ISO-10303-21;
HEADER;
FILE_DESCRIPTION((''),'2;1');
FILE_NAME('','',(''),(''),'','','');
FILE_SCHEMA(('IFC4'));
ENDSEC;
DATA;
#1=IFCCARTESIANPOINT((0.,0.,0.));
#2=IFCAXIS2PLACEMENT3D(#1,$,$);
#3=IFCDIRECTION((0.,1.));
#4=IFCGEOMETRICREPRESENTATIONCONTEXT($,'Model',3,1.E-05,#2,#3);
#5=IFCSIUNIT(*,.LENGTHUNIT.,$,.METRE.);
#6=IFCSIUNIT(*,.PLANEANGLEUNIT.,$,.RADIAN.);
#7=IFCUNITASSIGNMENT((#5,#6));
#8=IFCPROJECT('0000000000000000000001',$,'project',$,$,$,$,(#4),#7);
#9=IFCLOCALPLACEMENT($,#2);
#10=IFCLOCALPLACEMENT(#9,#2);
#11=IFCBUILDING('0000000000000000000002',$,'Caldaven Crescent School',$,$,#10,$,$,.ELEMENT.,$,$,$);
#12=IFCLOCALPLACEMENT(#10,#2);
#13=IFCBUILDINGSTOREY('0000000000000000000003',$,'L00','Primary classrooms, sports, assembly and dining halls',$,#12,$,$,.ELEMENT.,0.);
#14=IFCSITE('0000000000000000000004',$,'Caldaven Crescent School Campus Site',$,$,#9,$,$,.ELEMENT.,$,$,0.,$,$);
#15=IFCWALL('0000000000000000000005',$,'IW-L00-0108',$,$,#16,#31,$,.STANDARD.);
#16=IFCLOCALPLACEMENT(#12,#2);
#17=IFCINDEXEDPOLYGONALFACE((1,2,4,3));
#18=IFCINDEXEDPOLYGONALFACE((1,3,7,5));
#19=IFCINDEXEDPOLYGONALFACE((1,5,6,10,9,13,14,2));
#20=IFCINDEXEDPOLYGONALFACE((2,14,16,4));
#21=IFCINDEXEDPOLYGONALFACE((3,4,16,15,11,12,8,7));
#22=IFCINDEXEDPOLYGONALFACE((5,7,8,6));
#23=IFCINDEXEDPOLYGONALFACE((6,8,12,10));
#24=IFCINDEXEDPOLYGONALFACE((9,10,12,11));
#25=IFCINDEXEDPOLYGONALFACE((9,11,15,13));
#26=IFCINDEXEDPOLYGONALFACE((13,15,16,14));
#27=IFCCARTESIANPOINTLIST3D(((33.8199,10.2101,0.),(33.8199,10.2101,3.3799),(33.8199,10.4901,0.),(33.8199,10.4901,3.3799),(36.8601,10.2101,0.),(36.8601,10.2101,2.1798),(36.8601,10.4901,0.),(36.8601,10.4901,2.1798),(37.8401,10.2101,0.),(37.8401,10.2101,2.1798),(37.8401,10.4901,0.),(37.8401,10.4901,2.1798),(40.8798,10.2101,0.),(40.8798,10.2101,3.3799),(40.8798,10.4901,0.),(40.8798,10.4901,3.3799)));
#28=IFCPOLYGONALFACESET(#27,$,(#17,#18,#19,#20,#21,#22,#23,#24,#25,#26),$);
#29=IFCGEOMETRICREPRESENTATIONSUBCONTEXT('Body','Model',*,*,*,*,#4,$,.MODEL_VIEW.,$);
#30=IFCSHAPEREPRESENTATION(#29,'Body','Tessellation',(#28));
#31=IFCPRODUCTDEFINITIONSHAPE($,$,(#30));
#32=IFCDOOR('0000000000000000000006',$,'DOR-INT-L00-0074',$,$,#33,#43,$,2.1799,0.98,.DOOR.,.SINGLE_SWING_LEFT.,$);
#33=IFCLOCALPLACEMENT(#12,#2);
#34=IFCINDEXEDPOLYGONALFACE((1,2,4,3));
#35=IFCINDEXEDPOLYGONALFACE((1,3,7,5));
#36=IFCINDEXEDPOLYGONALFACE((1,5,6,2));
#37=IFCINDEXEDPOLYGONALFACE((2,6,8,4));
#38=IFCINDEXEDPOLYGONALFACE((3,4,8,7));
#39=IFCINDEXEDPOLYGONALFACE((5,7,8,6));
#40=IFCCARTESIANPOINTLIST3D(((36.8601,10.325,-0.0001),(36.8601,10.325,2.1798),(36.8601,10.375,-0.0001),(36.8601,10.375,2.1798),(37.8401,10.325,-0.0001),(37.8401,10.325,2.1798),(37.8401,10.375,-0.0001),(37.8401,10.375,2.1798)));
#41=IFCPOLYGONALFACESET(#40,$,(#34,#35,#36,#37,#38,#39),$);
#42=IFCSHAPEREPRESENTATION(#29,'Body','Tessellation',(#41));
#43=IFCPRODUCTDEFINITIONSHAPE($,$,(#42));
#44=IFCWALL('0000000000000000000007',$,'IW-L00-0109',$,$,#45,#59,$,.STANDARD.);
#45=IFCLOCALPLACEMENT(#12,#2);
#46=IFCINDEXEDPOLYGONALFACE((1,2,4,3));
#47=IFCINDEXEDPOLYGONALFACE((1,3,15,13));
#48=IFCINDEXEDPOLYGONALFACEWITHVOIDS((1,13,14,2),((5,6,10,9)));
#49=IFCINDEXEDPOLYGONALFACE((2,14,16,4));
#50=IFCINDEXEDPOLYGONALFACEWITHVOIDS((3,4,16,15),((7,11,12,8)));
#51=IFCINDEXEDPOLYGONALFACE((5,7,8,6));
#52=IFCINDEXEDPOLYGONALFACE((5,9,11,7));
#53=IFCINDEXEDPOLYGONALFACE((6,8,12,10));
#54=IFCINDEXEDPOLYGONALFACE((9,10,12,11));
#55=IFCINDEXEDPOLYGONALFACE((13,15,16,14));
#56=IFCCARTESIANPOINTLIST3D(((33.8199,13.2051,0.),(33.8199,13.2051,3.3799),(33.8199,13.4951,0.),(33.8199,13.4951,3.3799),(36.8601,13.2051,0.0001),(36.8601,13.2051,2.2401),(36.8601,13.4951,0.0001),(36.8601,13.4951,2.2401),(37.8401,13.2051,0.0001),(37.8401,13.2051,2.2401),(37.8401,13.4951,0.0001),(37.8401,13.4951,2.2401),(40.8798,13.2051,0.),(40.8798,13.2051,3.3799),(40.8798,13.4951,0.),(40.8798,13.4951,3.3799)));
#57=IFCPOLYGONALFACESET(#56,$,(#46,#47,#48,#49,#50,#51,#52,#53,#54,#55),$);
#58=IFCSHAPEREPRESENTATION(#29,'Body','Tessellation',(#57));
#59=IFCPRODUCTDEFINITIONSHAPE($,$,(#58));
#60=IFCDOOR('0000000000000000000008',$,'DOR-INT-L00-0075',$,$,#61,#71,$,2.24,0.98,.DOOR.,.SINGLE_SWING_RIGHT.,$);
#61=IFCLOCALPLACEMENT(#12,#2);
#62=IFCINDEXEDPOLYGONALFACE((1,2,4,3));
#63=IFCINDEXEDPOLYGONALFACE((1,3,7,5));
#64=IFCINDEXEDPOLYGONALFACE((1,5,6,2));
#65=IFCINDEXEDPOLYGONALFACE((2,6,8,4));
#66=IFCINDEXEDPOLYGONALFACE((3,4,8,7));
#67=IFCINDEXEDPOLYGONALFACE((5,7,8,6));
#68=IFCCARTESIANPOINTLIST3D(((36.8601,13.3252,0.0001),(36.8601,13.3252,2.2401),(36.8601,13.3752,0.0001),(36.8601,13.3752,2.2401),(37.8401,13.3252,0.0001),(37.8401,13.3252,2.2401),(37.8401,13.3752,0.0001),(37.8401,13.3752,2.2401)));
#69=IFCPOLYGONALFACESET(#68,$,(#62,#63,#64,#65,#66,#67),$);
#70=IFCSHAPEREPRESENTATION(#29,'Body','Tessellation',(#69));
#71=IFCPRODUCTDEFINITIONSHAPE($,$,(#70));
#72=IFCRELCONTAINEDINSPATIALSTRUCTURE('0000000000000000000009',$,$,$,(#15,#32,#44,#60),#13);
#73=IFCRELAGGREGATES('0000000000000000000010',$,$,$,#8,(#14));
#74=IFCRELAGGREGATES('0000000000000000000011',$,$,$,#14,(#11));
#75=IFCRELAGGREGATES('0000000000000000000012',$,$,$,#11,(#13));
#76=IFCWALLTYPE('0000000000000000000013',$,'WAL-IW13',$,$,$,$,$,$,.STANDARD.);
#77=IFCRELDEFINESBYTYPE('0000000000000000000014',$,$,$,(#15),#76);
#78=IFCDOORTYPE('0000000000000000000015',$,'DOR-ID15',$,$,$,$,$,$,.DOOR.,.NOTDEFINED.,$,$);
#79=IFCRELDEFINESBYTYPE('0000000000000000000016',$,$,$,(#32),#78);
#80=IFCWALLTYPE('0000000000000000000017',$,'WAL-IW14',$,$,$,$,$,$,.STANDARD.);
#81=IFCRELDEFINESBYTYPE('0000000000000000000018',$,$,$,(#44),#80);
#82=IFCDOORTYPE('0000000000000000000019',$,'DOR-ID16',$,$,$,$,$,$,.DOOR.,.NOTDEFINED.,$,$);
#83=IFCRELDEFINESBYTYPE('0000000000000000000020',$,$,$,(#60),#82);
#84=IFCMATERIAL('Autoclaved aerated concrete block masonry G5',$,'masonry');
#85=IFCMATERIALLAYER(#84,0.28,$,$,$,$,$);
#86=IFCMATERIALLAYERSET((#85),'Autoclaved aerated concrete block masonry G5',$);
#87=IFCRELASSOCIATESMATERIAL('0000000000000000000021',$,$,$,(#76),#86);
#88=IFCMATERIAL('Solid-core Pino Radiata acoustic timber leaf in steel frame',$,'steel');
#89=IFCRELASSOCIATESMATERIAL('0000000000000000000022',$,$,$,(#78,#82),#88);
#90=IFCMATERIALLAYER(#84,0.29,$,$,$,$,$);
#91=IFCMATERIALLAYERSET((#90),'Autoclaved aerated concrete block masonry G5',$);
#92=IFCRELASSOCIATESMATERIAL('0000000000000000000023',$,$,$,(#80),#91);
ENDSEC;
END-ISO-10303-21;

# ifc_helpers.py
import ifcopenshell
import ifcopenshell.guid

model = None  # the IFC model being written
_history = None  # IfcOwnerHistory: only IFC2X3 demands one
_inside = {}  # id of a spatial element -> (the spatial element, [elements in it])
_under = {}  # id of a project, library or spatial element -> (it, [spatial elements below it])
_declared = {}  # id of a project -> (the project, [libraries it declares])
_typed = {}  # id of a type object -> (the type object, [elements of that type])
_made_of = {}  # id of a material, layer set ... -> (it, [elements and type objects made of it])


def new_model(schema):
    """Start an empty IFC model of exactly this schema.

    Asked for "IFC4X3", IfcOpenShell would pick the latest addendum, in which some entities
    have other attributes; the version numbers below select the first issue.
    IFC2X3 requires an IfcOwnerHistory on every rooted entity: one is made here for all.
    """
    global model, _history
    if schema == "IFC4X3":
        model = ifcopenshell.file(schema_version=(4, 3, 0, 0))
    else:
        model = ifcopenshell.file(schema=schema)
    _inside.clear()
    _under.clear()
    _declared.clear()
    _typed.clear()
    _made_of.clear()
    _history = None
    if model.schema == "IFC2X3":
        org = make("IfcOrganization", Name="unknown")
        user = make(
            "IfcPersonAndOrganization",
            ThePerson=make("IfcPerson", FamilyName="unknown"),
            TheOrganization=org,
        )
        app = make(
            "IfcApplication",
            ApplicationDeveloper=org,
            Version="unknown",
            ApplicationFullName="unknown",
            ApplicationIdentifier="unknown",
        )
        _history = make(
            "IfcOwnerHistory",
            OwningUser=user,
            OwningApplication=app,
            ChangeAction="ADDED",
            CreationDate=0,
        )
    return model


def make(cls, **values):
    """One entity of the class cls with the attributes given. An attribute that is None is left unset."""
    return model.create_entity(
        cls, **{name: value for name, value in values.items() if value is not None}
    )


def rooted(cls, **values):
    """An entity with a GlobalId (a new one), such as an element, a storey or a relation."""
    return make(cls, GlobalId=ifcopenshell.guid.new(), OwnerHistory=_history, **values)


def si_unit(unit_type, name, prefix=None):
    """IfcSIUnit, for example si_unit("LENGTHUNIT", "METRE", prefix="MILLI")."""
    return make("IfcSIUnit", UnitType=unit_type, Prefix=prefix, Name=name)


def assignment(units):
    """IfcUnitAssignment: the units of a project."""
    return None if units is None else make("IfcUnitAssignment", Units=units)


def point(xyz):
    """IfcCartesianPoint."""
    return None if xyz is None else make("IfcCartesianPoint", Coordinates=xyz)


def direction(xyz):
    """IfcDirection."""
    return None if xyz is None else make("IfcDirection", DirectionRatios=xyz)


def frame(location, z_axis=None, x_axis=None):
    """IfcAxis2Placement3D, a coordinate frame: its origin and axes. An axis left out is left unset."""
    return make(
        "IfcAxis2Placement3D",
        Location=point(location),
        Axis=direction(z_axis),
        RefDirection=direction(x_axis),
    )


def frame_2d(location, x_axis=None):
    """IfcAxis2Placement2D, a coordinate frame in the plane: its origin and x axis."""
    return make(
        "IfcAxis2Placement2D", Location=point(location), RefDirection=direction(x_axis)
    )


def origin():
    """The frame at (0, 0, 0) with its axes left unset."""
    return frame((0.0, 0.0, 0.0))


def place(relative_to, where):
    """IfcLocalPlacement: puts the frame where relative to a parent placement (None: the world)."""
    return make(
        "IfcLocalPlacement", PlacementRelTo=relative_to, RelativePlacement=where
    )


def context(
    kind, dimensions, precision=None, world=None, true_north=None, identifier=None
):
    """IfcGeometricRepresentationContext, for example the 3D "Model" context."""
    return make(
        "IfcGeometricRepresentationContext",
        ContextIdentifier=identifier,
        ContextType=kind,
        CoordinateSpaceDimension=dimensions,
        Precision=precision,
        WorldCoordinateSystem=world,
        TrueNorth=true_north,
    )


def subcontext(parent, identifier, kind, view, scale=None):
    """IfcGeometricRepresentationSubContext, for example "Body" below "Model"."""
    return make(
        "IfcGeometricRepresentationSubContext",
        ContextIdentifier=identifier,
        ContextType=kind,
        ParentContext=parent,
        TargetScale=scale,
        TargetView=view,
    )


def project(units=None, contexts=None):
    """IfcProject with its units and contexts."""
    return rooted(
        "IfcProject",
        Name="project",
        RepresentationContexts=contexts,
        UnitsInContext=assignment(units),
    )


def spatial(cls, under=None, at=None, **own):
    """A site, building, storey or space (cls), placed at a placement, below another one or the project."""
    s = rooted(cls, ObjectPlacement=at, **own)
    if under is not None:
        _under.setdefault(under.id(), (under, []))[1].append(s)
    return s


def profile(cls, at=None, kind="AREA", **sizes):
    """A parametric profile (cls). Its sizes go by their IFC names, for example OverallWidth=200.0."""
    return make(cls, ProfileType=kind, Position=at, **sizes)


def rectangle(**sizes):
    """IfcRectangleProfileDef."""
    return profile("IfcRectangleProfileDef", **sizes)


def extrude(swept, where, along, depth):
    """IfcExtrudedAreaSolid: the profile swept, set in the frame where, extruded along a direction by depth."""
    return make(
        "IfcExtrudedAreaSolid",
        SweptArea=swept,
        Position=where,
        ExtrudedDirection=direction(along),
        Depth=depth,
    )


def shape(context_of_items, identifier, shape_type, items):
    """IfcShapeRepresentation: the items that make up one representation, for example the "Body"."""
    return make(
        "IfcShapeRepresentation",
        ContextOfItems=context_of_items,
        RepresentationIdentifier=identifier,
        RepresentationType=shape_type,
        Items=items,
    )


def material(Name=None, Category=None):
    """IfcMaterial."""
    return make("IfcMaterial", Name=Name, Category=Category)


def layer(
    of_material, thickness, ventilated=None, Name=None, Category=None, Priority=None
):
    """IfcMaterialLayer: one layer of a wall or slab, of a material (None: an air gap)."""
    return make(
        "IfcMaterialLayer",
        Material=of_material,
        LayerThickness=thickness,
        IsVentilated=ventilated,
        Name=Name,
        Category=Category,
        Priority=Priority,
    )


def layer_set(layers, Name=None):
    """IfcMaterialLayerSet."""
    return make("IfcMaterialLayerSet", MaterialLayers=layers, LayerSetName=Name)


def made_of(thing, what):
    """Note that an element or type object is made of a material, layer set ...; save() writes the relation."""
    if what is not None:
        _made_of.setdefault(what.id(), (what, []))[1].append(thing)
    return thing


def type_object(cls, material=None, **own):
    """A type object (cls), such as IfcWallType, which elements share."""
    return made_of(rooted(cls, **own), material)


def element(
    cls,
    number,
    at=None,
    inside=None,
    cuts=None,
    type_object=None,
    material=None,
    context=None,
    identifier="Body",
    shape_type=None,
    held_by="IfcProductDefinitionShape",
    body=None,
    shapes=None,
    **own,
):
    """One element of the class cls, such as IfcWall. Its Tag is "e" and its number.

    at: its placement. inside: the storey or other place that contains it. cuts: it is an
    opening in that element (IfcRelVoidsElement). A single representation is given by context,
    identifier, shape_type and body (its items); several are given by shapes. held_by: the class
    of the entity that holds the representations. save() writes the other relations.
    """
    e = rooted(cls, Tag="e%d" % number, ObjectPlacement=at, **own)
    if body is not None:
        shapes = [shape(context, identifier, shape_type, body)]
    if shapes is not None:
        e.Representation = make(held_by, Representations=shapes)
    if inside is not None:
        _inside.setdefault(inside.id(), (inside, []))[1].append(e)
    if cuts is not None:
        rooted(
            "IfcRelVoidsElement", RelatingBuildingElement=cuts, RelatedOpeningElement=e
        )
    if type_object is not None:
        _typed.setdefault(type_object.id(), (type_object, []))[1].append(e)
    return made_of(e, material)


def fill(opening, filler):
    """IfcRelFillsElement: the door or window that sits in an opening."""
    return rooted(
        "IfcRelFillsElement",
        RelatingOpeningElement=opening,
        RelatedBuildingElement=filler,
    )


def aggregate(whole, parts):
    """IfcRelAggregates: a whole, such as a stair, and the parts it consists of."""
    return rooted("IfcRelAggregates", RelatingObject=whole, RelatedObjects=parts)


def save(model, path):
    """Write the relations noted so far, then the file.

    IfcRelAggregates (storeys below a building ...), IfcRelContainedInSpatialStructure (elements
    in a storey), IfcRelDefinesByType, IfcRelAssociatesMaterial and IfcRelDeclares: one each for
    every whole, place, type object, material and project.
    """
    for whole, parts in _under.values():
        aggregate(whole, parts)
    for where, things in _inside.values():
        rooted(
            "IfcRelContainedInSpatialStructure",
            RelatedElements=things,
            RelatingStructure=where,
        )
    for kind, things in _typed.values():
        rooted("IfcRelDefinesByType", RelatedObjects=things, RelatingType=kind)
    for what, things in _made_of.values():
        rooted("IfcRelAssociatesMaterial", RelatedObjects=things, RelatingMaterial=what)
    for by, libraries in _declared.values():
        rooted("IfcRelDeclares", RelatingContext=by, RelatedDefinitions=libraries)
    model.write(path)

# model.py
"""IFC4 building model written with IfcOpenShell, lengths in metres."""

from ifc_helpers import new_model, si_unit, direction, frame, frame_2d, origin, place, context, subcontext, project, spatial, rectangle, extrude, material, layer, layer_set, type_object, element, fill, save


model = new_model("IFC4")

# Units and contexts
model_context = context("Model", 3, precision=1e-05, world=origin(), true_north=direction((0.0, 1.0)))
body_context = subcontext(model_context, "Body", "Model", "MODEL_VIEW")
ifc_project = project(units=[si_unit("LENGTHUNIT", "METRE"), si_unit("PLANEANGLEUNIT", "RADIAN")], contexts=[model_context])

# Site, building, storey
site_placement = place(None, origin())
site = spatial("IfcSite", under=ifc_project, at=site_placement, Name="Caldaven Crescent School Campus Site", CompositionType="ELEMENT", RefElevation=0.0)
building_placement = place(site_placement, origin())
building = spatial("IfcBuilding", under=site, at=building_placement, Name="Caldaven Crescent School", CompositionType="ELEMENT")
storey_placement = place(building_placement, origin())
storey = spatial("IfcBuildingStorey", under=building, at=storey_placement, Name="L00", Description="Primary classrooms, sports, assembly and dining halls", CompositionType="ELEMENT", Elevation=0.0)

# Walls, openings, doors
ifc_material_1 = material(Name="Solid-core Pino Radiata acoustic timber leaf in steel frame", Category="steel")
ifc_material_2 = material(Name="Autoclaved aerated concrete block masonry G5", Category="masonry")
ifc_layer_1 = layer(ifc_material_2, 0.28)
ifc_layer_set_1 = layer_set([ifc_layer_1], Name="Autoclaved aerated concrete block masonry G5")
wall_type_1 = type_object("IfcWallType", Name="WAL-IW13", PredefinedType="STANDARD", material=ifc_layer_set_1)
wall_1_placement = place(storey_placement, frame((33.8201, 10.3501, 0.0), z_axis=(0.0, 0.0, 1.0), x_axis=(1.0, 0.0, 0.0)))
wall_1 = element("IfcWall", 1, at=wall_1_placement, inside=storey, type_object=wall_type_1, Name="IW-L00-0108", PredefinedType="STANDARD", context=body_context, shape_type="SweptSolid", body=[
    extrude(rectangle(XDim=7.0598, YDim=0.28, at=frame_2d((3.5298, 0.0))), origin(), (0.0, 0.0, 1.0), 3.3799),
])
opening_1_placement = place(wall_1_placement, frame((3.04, 0.0, 0.0)))
opening_1 = element("IfcOpeningElement", 2, at=opening_1_placement, cuts=wall_1, PredefinedType="OPENING", context=body_context, shape_type="SweptSolid", body=[
    extrude(rectangle(XDim=0.98, YDim=2.1799, at=frame_2d((0.49, 1.0898))), frame((0.0, 0.1499, 0.0), z_axis=(0.0, -1.0, 0.0), x_axis=(1.0, 0.0, 0.0)), (0.0, 0.0, 1.0), 0.3),
])
door_type_1 = type_object("IfcDoorType", Name="DOR-ID15", OperationType="NOTDEFINED", PredefinedType="DOOR", material=ifc_material_1)
door_1_placement = place(opening_1_placement, origin())
door_1 = element("IfcDoor", 3, at=door_1_placement, inside=storey, type_object=door_type_1, Name="DOR-INT-L00-0074", OperationType="SINGLE_SWING_LEFT", OverallHeight=2.1799, OverallWidth=0.98, PredefinedType="DOOR", context=body_context, shape_type="SweptSolid", body=[
    extrude(rectangle(XDim=0.98, YDim=2.1799, at=frame_2d((0.49, 1.0898))), frame((0.0, 0.0249, 0.0), z_axis=(0.0, -1.0, 0.0), x_axis=(1.0, 0.0, 0.0)), (0.0, 0.0, 1.0), 0.05),
])
fill(opening_1, door_1)
ifc_layer_2 = layer(ifc_material_2, 0.29)
ifc_layer_set_2 = layer_set([ifc_layer_2], Name="Autoclaved aerated concrete block masonry G5")
wall_type_2 = type_object("IfcWallType", Name="WAL-IW14", PredefinedType="STANDARD", material=ifc_layer_set_2)
wall_2_placement = place(storey_placement, frame((33.8201, 13.3501, 0.0), z_axis=(0.0, 0.0, 1.0), x_axis=(1.0, 0.0, 0.0)))
wall_2 = element("IfcWall", 4, at=wall_2_placement, inside=storey, type_object=wall_type_2, Name="IW-L00-0109", PredefinedType="STANDARD", context=body_context, shape_type="SweptSolid", body=[
    extrude(rectangle(XDim=7.0598, YDim=0.29, at=frame_2d((3.5298, 0.0))), origin(), (0.0, 0.0, 1.0), 3.3799),
])
opening_2_placement = place(wall_2_placement, frame((3.04, 0.0, 0.0)))
opening_2 = element("IfcOpeningElement", 5, at=opening_2_placement, cuts=wall_2, PredefinedType="OPENING", context=body_context, shape_type="SweptSolid", body=[
    extrude(rectangle(XDim=0.98, YDim=2.24, at=frame_2d((0.49, 1.1201))), frame((0.0, 0.155, 0.0), z_axis=(0.0, -1.0, 0.0), x_axis=(1.0, 0.0, 0.0)), (0.0, 0.0, 1.0), 0.3101),
])
door_type_2 = type_object("IfcDoorType", Name="DOR-ID16", OperationType="NOTDEFINED", PredefinedType="DOOR", material=ifc_material_1)
door_2_placement = place(opening_2_placement, frame((0.98, 0.0, 0.0), z_axis=(0.0, 0.0, 1.0), x_axis=(-1.0, 0.0, 0.0)))
door_2 = element("IfcDoor", 6, at=door_2_placement, inside=storey, type_object=door_type_2, Name="DOR-INT-L00-0075", OperationType="SINGLE_SWING_RIGHT", OverallHeight=2.24, OverallWidth=0.98, PredefinedType="DOOR", context=body_context, shape_type="SweptSolid", body=[
    extrude(rectangle(XDim=0.98, YDim=2.24, at=frame_2d((0.49, 1.1201))), frame((0.0, 0.0249, 0.0), z_axis=(0.0, -1.0, 0.0), x_axis=(1.0, 0.0, 0.0)), (0.0, 0.0, 1.0), 0.05),
])
fill(opening_2, door_2)

save(model, "model.ifc")
